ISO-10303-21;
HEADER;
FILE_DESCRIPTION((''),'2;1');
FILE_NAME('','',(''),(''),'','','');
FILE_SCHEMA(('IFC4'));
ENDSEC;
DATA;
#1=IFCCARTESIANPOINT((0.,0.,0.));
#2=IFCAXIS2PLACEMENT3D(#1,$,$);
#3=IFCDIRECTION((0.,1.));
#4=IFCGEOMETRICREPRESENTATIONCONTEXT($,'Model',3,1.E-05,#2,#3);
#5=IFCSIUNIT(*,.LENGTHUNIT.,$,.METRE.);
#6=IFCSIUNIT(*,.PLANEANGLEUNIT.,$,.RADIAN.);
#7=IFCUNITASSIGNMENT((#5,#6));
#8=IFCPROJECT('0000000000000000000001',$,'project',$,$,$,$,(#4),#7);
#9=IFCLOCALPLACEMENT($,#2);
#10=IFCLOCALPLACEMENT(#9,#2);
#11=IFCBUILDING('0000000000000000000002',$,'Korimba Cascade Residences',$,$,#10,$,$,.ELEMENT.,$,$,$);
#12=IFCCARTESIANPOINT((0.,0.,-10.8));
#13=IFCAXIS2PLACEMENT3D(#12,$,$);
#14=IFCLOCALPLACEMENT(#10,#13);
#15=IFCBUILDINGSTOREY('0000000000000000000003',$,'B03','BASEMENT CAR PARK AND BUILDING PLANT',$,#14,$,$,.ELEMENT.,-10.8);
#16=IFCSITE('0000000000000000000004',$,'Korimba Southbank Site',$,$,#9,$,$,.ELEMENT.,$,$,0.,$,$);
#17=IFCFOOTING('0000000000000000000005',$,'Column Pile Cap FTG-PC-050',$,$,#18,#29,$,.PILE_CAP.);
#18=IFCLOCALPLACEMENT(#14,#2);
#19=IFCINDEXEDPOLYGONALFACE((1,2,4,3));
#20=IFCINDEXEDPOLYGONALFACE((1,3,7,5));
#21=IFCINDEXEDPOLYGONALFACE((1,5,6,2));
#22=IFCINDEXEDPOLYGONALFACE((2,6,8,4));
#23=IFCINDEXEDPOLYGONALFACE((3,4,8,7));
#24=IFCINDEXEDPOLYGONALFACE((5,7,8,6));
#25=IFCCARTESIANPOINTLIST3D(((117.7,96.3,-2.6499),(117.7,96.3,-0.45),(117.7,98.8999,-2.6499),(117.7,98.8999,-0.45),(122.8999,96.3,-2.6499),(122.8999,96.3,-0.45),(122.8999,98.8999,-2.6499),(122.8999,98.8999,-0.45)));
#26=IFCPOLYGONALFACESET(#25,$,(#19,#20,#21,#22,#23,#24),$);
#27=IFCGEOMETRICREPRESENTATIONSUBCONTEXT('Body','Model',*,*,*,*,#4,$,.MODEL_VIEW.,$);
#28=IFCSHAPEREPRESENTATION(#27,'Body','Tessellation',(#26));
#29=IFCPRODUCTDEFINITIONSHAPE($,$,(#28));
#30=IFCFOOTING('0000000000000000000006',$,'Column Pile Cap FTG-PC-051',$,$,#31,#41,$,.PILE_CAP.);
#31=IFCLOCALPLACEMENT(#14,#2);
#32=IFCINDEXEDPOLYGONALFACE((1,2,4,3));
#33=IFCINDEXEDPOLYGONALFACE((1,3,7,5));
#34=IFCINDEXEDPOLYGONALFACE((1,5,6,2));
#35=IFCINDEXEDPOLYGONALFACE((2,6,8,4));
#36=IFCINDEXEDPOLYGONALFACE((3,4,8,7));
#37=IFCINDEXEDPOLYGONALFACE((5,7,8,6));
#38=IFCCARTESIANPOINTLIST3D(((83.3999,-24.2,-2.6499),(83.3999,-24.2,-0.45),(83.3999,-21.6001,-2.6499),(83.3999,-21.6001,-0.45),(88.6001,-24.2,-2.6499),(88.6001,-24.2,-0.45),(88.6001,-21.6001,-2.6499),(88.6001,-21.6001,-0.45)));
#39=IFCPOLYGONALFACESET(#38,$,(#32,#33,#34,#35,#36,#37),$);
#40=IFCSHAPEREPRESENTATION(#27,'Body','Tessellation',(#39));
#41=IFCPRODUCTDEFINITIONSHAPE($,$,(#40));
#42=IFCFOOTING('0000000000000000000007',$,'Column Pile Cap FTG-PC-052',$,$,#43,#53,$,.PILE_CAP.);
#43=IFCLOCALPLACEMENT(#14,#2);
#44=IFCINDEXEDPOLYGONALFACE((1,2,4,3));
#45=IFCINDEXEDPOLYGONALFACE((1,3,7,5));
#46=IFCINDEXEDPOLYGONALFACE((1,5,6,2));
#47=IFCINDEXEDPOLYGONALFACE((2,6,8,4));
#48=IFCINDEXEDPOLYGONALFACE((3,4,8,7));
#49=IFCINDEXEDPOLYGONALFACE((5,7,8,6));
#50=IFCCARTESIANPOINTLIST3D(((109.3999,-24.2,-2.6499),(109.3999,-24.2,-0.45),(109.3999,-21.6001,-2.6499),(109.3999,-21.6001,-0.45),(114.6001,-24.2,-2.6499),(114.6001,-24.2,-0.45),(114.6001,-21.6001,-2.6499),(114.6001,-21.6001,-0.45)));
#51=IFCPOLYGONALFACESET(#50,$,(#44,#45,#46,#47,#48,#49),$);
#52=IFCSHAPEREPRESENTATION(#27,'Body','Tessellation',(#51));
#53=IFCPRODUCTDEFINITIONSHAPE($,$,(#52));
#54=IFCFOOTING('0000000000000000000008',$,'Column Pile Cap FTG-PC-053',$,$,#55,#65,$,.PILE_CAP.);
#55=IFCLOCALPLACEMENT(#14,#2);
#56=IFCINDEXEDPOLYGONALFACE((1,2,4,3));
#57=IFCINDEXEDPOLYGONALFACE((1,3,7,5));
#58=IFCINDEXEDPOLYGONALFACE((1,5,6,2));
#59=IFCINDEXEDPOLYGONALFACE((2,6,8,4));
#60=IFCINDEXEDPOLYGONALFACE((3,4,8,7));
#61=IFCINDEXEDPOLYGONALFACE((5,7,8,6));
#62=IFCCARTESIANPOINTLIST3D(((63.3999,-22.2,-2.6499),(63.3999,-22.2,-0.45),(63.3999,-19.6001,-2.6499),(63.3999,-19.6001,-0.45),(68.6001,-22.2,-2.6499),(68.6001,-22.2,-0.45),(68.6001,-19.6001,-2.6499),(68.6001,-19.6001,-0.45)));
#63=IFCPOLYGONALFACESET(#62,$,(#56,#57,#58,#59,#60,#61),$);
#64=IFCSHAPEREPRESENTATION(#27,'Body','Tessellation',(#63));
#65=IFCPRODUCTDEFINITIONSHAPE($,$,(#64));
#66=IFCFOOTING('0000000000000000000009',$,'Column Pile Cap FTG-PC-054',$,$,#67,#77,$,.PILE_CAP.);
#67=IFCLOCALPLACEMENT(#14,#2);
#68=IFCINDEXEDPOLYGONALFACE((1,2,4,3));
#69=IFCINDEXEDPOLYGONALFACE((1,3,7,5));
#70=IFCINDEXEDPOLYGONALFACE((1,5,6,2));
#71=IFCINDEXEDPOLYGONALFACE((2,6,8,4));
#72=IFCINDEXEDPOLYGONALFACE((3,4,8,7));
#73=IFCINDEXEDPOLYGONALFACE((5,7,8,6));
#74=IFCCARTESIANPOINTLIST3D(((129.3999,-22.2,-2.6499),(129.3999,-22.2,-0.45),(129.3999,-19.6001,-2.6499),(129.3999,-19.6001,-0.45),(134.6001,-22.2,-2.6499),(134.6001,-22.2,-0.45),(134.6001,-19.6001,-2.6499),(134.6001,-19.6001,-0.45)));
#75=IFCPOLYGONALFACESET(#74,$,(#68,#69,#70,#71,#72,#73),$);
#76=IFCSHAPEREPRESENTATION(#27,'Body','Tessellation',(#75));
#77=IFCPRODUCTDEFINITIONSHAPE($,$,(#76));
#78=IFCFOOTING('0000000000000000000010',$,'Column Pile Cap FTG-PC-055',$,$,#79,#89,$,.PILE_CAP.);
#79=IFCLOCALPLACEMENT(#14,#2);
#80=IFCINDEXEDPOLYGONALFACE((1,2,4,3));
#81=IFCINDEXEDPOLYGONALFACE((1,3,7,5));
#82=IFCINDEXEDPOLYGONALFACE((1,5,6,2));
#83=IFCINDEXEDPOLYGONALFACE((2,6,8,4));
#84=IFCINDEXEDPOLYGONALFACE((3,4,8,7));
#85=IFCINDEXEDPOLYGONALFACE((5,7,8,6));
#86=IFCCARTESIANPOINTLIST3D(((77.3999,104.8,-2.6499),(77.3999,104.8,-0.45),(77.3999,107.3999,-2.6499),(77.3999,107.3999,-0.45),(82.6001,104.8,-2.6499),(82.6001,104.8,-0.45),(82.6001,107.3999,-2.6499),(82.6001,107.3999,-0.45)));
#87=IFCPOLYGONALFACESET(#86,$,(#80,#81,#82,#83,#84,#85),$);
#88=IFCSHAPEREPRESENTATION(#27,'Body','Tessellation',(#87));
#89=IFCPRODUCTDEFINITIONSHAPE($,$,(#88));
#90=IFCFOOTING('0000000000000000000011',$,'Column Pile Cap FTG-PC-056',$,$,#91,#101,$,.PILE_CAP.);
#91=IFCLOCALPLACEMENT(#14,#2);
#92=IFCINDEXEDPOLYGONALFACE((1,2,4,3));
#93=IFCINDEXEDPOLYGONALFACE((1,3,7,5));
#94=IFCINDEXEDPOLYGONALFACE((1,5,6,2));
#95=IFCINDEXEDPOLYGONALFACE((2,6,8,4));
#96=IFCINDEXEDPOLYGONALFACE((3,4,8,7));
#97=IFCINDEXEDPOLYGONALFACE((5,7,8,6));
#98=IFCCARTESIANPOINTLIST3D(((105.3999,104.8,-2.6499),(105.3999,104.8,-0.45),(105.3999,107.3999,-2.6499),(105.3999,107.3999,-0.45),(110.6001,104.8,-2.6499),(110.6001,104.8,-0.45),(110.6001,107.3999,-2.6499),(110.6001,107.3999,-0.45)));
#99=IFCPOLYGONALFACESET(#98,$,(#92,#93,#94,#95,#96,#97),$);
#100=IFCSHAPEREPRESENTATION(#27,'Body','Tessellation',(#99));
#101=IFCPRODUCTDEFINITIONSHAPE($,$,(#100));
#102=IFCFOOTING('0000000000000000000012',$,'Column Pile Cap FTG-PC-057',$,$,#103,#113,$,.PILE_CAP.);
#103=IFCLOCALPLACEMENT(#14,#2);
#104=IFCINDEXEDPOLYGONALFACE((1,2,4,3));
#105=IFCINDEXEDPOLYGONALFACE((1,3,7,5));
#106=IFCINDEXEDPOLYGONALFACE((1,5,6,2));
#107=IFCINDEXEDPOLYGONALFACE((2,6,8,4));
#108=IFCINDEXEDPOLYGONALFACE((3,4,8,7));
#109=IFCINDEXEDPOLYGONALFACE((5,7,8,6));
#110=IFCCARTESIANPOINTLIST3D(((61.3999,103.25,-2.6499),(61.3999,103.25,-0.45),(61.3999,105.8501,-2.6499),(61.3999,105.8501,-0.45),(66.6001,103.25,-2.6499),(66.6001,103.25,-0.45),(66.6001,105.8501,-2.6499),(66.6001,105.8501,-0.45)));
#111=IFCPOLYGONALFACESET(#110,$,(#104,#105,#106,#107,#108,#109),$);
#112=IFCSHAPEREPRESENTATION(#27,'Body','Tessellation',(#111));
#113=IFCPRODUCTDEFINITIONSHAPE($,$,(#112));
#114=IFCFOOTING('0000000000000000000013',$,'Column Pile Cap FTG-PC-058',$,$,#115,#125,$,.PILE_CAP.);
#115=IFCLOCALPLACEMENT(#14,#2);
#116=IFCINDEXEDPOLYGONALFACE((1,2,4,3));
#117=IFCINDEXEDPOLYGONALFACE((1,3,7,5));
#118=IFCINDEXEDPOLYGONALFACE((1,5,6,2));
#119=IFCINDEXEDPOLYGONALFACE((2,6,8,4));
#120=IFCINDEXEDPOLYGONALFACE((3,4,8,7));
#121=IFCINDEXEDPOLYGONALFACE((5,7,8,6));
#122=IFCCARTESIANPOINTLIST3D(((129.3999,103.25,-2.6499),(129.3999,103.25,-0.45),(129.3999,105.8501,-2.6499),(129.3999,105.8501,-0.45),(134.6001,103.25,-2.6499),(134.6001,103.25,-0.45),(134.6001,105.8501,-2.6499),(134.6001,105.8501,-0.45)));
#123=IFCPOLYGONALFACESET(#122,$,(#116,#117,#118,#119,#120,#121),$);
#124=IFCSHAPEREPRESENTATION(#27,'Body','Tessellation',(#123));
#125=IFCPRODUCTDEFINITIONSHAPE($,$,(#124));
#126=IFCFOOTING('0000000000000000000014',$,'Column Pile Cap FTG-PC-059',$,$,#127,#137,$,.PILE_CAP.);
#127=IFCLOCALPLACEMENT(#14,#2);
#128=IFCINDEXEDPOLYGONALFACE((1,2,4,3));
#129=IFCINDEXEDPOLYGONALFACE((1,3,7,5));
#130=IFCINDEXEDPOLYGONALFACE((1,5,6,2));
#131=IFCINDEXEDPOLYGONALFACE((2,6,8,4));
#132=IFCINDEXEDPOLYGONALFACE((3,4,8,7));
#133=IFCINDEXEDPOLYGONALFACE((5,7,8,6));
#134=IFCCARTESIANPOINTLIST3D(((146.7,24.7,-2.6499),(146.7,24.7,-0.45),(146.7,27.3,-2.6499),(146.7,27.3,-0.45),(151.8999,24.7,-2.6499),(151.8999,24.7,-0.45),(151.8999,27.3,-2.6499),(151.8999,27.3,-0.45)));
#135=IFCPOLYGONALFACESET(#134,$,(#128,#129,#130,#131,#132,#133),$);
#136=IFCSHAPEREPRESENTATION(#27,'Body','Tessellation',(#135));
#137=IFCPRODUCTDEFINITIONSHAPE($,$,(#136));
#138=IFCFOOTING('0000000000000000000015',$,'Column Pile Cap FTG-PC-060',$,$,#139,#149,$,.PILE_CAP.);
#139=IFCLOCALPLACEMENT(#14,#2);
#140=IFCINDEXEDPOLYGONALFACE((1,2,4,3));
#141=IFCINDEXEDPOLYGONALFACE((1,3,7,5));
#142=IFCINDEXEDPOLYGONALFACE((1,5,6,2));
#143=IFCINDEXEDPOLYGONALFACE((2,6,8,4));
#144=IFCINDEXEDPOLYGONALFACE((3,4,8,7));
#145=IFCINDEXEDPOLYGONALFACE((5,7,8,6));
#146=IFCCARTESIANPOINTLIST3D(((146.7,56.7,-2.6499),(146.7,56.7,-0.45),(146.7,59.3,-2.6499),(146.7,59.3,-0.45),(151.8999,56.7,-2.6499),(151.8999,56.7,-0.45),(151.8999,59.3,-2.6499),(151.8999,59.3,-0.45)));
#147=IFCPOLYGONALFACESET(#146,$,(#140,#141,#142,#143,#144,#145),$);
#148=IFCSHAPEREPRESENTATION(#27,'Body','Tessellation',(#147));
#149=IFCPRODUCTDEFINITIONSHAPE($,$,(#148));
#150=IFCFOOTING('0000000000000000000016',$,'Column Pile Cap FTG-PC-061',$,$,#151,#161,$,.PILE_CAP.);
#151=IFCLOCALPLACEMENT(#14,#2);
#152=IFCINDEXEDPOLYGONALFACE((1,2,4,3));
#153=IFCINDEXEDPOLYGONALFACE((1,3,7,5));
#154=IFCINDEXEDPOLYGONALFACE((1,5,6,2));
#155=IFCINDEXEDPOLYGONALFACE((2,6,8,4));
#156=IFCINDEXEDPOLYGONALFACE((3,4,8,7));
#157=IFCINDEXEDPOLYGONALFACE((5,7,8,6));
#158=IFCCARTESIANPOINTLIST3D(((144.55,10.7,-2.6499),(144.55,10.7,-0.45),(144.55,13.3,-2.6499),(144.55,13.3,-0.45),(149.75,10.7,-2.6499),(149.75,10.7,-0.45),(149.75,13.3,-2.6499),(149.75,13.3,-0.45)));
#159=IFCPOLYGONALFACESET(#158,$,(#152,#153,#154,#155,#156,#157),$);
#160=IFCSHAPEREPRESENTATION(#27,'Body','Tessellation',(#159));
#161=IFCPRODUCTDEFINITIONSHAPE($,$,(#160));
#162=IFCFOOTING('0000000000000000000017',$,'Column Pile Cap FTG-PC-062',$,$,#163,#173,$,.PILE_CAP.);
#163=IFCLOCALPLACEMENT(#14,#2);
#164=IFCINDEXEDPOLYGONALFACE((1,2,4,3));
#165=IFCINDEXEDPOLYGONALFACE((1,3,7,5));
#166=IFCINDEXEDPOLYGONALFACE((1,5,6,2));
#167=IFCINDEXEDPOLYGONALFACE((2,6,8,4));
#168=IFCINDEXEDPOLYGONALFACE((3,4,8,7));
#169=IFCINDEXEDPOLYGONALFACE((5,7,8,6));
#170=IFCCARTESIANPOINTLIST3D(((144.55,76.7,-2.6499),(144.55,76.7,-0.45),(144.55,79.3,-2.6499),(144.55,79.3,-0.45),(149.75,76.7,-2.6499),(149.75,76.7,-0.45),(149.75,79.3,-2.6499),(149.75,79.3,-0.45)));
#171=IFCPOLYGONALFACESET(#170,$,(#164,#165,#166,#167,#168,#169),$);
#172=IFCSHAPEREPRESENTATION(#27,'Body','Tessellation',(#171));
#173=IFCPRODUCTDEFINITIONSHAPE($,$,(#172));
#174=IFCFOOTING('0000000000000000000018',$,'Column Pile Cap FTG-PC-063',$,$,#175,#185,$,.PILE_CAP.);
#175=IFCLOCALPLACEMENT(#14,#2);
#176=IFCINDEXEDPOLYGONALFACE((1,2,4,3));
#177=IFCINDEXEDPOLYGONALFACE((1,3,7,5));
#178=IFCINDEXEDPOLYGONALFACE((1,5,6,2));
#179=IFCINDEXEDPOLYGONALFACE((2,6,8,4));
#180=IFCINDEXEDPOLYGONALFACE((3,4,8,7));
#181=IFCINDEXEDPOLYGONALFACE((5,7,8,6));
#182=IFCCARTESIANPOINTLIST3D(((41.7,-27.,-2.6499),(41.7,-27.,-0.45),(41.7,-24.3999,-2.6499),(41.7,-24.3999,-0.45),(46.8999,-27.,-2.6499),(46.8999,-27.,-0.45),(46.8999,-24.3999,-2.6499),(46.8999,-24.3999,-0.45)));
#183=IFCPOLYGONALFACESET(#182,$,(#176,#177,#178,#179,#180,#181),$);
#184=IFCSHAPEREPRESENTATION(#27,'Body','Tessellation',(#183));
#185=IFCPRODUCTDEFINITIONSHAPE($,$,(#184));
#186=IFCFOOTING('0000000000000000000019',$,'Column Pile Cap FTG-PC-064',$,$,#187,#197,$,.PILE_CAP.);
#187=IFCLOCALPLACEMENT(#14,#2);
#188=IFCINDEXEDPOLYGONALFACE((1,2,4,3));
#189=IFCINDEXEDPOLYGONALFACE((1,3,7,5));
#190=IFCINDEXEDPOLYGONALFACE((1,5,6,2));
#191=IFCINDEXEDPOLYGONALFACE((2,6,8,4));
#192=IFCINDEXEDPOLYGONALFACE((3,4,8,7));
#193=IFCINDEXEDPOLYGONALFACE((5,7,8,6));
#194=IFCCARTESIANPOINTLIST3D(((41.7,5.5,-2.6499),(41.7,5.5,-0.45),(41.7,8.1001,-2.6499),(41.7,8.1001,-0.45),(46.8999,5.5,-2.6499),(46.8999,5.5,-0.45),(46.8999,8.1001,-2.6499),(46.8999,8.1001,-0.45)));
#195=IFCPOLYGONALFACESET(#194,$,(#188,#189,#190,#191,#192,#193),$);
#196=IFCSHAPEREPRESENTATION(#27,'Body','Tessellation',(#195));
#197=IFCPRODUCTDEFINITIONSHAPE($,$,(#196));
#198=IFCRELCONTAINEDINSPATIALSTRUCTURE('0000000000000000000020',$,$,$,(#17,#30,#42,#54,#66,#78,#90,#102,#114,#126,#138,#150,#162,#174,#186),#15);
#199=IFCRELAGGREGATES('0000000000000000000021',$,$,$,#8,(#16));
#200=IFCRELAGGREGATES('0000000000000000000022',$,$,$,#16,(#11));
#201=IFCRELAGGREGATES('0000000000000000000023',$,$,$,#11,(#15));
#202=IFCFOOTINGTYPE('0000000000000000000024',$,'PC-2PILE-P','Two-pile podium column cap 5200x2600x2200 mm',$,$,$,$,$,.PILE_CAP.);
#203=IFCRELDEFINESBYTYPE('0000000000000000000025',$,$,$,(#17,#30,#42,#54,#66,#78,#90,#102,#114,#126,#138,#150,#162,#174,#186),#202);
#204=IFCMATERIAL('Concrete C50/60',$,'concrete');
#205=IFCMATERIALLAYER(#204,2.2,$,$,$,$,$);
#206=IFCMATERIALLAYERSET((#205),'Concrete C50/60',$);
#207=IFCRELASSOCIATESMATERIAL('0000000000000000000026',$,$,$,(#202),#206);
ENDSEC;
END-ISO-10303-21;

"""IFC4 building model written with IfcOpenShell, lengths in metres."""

from ifc_helpers import new_model, si_unit, direction, frame, origin, place, context, subcontext, project, spatial, polyline, outline, extrude, material, layer, layer_set, type_object, element, save


model = new_model("IFC4")

# Units and contexts
model_context = context("Model", 3, precision=1e-05, world=origin(), true_north=direction((0.0, 1.0)))
body_context = subcontext(model_context, "Body", "Model", "MODEL_VIEW")
ifc_project = project(units=[si_unit("LENGTHUNIT", "METRE"), si_unit("PLANEANGLEUNIT", "RADIAN")], contexts=[model_context])

# Site, building, storey
site_placement = place(None, origin())
site = spatial("IfcSite", under=ifc_project, at=site_placement, Name="Korimba Southbank Site", CompositionType="ELEMENT", RefElevation=0.0)
building_placement = place(site_placement, origin())
building = spatial("IfcBuilding", under=site, at=building_placement, Name="Korimba Cascade Residences", CompositionType="ELEMENT")
storey_placement = place(building_placement, frame((0.0, 0.0, -10.8)))
storey = spatial("IfcBuildingStorey", under=building, at=storey_placement, Name="B03", Description="BASEMENT CAR PARK AND BUILDING PLANT", CompositionType="ELEMENT", Elevation=-10.8)

# Footings
ifc_material = material(Name="Concrete C50/60", Category="concrete")
ifc_layer = layer(ifc_material, 2.2)
ifc_layer_set = layer_set([ifc_layer], Name="Concrete C50/60")
footing_type = type_object("IfcFootingType", Name="PC-2PILE-P", Description="Two-pile podium column cap 5200x2600x2200 mm", PredefinedType="PILE_CAP", material=ifc_layer_set)
footing_1_placement = place(storey_placement, frame((0.0, 0.0, -2.6499)))
element("IfcFooting", 1, at=footing_1_placement, inside=storey, type_object=footing_type, Name="Column Pile Cap FTG-PC-050", PredefinedType="PILE_CAP", context=body_context, shape_type="SweptSolid", body=[
    extrude(outline(polyline([(117.7, 96.3), (122.8999, 96.3), (122.8999, 98.8999), (117.7, 98.8999), (117.7, 96.3)])), origin(), (0.0, 0.0, 1.0), 2.2),
])
footing_2_placement = place(storey_placement, frame((0.0, 0.0, -2.6499)))
element("IfcFooting", 2, at=footing_2_placement, inside=storey, type_object=footing_type, Name="Column Pile Cap FTG-PC-051", PredefinedType="PILE_CAP", context=body_context, shape_type="SweptSolid", body=[
    extrude(outline(polyline([(83.3999, -24.2), (88.6001, -24.2), (88.6001, -21.6001), (83.3999, -21.6001), (83.3999, -24.2)])), origin(), (0.0, 0.0, 1.0), 2.2),
])
footing_3_placement = place(storey_placement, frame((0.0, 0.0, -2.6499)))
element("IfcFooting", 3, at=footing_3_placement, inside=storey, type_object=footing_type, Name="Column Pile Cap FTG-PC-052", PredefinedType="PILE_CAP", context=body_context, shape_type="SweptSolid", body=[
    extrude(outline(polyline([(109.3999, -24.2), (114.6001, -24.2), (114.6001, -21.6001), (109.3999, -21.6001), (109.3999, -24.2)])), origin(), (0.0, 0.0, 1.0), 2.2),
])
footing_4_placement = place(storey_placement, frame((0.0, 0.0, -2.6499)))
element("IfcFooting", 4, at=footing_4_placement, inside=storey, type_object=footing_type, Name="Column Pile Cap FTG-PC-053", PredefinedType="PILE_CAP", context=body_context, shape_type="SweptSolid", body=[
    extrude(outline(polyline([(63.3999, -22.2), (68.6001, -22.2), (68.6001, -19.6001), (63.3999, -19.6001), (63.3999, -22.2)])), origin(), (0.0, 0.0, 1.0), 2.2),
])
footing_5_placement = place(storey_placement, frame((0.0, 0.0, -2.6499)))
element("IfcFooting", 5, at=footing_5_placement, inside=storey, type_object=footing_type, Name="Column Pile Cap FTG-PC-054", PredefinedType="PILE_CAP", context=body_context, shape_type="SweptSolid", body=[
    extrude(outline(polyline([(129.3999, -22.2), (134.6001, -22.2), (134.6001, -19.6001), (129.3999, -19.6001), (129.3999, -22.2)])), origin(), (0.0, 0.0, 1.0), 2.2),
])
footing_6_placement = place(storey_placement, frame((0.0, 0.0, -2.6499)))
element("IfcFooting", 6, at=footing_6_placement, inside=storey, type_object=footing_type, Name="Column Pile Cap FTG-PC-055", PredefinedType="PILE_CAP", context=body_context, shape_type="SweptSolid", body=[
    extrude(outline(polyline([(77.3999, 104.8), (82.6001, 104.8), (82.6001, 107.3999), (77.3999, 107.3999), (77.3999, 104.8)])), origin(), (0.0, 0.0, 1.0), 2.2),
])
footing_7_placement = place(storey_placement, frame((0.0, 0.0, -2.6499)))
element("IfcFooting", 7, at=footing_7_placement, inside=storey, type_object=footing_type, Name="Column Pile Cap FTG-PC-056", PredefinedType="PILE_CAP", context=body_context, shape_type="SweptSolid", body=[
    extrude(outline(polyline([(105.3999, 104.8), (110.6001, 104.8), (110.6001, 107.3999), (105.3999, 107.3999), (105.3999, 104.8)])), origin(), (0.0, 0.0, 1.0), 2.2),
])
footing_8_placement = place(storey_placement, frame((0.0, 0.0, -2.6499)))
element("IfcFooting", 8, at=footing_8_placement, inside=storey, type_object=footing_type, Name="Column Pile Cap FTG-PC-057", PredefinedType="PILE_CAP", context=body_context, shape_type="SweptSolid", body=[
    extrude(outline(polyline([(61.3999, 103.25), (66.6001, 103.25), (66.6001, 105.8501), (61.3999, 105.8501), (61.3999, 103.25)])), origin(), (0.0, 0.0, 1.0), 2.2),
])
footing_9_placement = place(storey_placement, frame((0.0, 0.0, -2.6499)))
element("IfcFooting", 9, at=footing_9_placement, inside=storey, type_object=footing_type, Name="Column Pile Cap FTG-PC-058", PredefinedType="PILE_CAP", context=body_context, shape_type="SweptSolid", body=[
    extrude(outline(polyline([(129.3999, 103.25), (134.6001, 103.25), (134.6001, 105.8501), (129.3999, 105.8501), (129.3999, 103.25)])), origin(), (0.0, 0.0, 1.0), 2.2),
])
footing_10_placement = place(storey_placement, frame((0.0, 0.0, -2.6499)))
element("IfcFooting", 10, at=footing_10_placement, inside=storey, type_object=footing_type, Name="Column Pile Cap FTG-PC-059", PredefinedType="PILE_CAP", context=body_context, shape_type="SweptSolid", body=[
    extrude(outline(polyline([(146.7, 24.7), (151.8999, 24.7), (151.8999, 27.3), (146.7, 27.3), (146.7, 24.7)])), origin(), (0.0, 0.0, 1.0), 2.2),
])
footing_11_placement = place(storey_placement, frame((0.0, 0.0, -2.6499)))
element("IfcFooting", 11, at=footing_11_placement, inside=storey, type_object=footing_type, Name="Column Pile Cap FTG-PC-060", PredefinedType="PILE_CAP", context=body_context, shape_type="SweptSolid", body=[
    extrude(outline(polyline([(146.7, 56.7), (151.8999, 56.7), (151.8999, 59.3), (146.7, 59.3), (146.7, 56.7)])), origin(), (0.0, 0.0, 1.0), 2.2),
])
footing_12_placement = place(storey_placement, frame((0.0, 0.0, -2.6499)))
element("IfcFooting", 12, at=footing_12_placement, inside=storey, type_object=footing_type, Name="Column Pile Cap FTG-PC-061", PredefinedType="PILE_CAP", context=body_context, shape_type="SweptSolid", body=[
    extrude(outline(polyline([(144.55, 10.7), (149.75, 10.7), (149.75, 13.3), (144.55, 13.3), (144.55, 10.7)])), origin(), (0.0, 0.0, 1.0), 2.2),
])
footing_13_placement = place(storey_placement, frame((0.0, 0.0, -2.6499)))
element("IfcFooting", 13, at=footing_13_placement, inside=storey, type_object=footing_type, Name="Column Pile Cap FTG-PC-062", PredefinedType="PILE_CAP", context=body_context, shape_type="SweptSolid", body=[
    extrude(outline(polyline([(144.55, 76.7), (149.75, 76.7), (149.75, 79.3), (144.55, 79.3), (144.55, 76.7)])), origin(), (0.0, 0.0, 1.0), 2.2),
])
footing_14_placement = place(storey_placement, frame((0.0, 0.0, -2.6499)))
element("IfcFooting", 14, at=footing_14_placement, inside=storey, type_object=footing_type, Name="Column Pile Cap FTG-PC-063", PredefinedType="PILE_CAP", context=body_context, shape_type="SweptSolid", body=[
    extrude(outline(polyline([(41.7, -27.0), (46.8999, -27.0), (46.8999, -24.3999), (41.7, -24.3999), (41.7, -27.0)])), origin(), (0.0, 0.0, 1.0), 2.2),
])
footing_15_placement = place(storey_placement, frame((0.0, 0.0, -2.6499)))
element("IfcFooting", 15, at=footing_15_placement, inside=storey, type_object=footing_type, Name="Column Pile Cap FTG-PC-064", PredefinedType="PILE_CAP", context=body_context, shape_type="SweptSolid", body=[
    extrude(outline(polyline([(41.7, 5.5), (46.8999, 5.5), (46.8999, 8.1001), (41.7, 8.1001), (41.7, 5.5)])), origin(), (0.0, 0.0, 1.0), 2.2),
])

save(model, "model.ifc")
